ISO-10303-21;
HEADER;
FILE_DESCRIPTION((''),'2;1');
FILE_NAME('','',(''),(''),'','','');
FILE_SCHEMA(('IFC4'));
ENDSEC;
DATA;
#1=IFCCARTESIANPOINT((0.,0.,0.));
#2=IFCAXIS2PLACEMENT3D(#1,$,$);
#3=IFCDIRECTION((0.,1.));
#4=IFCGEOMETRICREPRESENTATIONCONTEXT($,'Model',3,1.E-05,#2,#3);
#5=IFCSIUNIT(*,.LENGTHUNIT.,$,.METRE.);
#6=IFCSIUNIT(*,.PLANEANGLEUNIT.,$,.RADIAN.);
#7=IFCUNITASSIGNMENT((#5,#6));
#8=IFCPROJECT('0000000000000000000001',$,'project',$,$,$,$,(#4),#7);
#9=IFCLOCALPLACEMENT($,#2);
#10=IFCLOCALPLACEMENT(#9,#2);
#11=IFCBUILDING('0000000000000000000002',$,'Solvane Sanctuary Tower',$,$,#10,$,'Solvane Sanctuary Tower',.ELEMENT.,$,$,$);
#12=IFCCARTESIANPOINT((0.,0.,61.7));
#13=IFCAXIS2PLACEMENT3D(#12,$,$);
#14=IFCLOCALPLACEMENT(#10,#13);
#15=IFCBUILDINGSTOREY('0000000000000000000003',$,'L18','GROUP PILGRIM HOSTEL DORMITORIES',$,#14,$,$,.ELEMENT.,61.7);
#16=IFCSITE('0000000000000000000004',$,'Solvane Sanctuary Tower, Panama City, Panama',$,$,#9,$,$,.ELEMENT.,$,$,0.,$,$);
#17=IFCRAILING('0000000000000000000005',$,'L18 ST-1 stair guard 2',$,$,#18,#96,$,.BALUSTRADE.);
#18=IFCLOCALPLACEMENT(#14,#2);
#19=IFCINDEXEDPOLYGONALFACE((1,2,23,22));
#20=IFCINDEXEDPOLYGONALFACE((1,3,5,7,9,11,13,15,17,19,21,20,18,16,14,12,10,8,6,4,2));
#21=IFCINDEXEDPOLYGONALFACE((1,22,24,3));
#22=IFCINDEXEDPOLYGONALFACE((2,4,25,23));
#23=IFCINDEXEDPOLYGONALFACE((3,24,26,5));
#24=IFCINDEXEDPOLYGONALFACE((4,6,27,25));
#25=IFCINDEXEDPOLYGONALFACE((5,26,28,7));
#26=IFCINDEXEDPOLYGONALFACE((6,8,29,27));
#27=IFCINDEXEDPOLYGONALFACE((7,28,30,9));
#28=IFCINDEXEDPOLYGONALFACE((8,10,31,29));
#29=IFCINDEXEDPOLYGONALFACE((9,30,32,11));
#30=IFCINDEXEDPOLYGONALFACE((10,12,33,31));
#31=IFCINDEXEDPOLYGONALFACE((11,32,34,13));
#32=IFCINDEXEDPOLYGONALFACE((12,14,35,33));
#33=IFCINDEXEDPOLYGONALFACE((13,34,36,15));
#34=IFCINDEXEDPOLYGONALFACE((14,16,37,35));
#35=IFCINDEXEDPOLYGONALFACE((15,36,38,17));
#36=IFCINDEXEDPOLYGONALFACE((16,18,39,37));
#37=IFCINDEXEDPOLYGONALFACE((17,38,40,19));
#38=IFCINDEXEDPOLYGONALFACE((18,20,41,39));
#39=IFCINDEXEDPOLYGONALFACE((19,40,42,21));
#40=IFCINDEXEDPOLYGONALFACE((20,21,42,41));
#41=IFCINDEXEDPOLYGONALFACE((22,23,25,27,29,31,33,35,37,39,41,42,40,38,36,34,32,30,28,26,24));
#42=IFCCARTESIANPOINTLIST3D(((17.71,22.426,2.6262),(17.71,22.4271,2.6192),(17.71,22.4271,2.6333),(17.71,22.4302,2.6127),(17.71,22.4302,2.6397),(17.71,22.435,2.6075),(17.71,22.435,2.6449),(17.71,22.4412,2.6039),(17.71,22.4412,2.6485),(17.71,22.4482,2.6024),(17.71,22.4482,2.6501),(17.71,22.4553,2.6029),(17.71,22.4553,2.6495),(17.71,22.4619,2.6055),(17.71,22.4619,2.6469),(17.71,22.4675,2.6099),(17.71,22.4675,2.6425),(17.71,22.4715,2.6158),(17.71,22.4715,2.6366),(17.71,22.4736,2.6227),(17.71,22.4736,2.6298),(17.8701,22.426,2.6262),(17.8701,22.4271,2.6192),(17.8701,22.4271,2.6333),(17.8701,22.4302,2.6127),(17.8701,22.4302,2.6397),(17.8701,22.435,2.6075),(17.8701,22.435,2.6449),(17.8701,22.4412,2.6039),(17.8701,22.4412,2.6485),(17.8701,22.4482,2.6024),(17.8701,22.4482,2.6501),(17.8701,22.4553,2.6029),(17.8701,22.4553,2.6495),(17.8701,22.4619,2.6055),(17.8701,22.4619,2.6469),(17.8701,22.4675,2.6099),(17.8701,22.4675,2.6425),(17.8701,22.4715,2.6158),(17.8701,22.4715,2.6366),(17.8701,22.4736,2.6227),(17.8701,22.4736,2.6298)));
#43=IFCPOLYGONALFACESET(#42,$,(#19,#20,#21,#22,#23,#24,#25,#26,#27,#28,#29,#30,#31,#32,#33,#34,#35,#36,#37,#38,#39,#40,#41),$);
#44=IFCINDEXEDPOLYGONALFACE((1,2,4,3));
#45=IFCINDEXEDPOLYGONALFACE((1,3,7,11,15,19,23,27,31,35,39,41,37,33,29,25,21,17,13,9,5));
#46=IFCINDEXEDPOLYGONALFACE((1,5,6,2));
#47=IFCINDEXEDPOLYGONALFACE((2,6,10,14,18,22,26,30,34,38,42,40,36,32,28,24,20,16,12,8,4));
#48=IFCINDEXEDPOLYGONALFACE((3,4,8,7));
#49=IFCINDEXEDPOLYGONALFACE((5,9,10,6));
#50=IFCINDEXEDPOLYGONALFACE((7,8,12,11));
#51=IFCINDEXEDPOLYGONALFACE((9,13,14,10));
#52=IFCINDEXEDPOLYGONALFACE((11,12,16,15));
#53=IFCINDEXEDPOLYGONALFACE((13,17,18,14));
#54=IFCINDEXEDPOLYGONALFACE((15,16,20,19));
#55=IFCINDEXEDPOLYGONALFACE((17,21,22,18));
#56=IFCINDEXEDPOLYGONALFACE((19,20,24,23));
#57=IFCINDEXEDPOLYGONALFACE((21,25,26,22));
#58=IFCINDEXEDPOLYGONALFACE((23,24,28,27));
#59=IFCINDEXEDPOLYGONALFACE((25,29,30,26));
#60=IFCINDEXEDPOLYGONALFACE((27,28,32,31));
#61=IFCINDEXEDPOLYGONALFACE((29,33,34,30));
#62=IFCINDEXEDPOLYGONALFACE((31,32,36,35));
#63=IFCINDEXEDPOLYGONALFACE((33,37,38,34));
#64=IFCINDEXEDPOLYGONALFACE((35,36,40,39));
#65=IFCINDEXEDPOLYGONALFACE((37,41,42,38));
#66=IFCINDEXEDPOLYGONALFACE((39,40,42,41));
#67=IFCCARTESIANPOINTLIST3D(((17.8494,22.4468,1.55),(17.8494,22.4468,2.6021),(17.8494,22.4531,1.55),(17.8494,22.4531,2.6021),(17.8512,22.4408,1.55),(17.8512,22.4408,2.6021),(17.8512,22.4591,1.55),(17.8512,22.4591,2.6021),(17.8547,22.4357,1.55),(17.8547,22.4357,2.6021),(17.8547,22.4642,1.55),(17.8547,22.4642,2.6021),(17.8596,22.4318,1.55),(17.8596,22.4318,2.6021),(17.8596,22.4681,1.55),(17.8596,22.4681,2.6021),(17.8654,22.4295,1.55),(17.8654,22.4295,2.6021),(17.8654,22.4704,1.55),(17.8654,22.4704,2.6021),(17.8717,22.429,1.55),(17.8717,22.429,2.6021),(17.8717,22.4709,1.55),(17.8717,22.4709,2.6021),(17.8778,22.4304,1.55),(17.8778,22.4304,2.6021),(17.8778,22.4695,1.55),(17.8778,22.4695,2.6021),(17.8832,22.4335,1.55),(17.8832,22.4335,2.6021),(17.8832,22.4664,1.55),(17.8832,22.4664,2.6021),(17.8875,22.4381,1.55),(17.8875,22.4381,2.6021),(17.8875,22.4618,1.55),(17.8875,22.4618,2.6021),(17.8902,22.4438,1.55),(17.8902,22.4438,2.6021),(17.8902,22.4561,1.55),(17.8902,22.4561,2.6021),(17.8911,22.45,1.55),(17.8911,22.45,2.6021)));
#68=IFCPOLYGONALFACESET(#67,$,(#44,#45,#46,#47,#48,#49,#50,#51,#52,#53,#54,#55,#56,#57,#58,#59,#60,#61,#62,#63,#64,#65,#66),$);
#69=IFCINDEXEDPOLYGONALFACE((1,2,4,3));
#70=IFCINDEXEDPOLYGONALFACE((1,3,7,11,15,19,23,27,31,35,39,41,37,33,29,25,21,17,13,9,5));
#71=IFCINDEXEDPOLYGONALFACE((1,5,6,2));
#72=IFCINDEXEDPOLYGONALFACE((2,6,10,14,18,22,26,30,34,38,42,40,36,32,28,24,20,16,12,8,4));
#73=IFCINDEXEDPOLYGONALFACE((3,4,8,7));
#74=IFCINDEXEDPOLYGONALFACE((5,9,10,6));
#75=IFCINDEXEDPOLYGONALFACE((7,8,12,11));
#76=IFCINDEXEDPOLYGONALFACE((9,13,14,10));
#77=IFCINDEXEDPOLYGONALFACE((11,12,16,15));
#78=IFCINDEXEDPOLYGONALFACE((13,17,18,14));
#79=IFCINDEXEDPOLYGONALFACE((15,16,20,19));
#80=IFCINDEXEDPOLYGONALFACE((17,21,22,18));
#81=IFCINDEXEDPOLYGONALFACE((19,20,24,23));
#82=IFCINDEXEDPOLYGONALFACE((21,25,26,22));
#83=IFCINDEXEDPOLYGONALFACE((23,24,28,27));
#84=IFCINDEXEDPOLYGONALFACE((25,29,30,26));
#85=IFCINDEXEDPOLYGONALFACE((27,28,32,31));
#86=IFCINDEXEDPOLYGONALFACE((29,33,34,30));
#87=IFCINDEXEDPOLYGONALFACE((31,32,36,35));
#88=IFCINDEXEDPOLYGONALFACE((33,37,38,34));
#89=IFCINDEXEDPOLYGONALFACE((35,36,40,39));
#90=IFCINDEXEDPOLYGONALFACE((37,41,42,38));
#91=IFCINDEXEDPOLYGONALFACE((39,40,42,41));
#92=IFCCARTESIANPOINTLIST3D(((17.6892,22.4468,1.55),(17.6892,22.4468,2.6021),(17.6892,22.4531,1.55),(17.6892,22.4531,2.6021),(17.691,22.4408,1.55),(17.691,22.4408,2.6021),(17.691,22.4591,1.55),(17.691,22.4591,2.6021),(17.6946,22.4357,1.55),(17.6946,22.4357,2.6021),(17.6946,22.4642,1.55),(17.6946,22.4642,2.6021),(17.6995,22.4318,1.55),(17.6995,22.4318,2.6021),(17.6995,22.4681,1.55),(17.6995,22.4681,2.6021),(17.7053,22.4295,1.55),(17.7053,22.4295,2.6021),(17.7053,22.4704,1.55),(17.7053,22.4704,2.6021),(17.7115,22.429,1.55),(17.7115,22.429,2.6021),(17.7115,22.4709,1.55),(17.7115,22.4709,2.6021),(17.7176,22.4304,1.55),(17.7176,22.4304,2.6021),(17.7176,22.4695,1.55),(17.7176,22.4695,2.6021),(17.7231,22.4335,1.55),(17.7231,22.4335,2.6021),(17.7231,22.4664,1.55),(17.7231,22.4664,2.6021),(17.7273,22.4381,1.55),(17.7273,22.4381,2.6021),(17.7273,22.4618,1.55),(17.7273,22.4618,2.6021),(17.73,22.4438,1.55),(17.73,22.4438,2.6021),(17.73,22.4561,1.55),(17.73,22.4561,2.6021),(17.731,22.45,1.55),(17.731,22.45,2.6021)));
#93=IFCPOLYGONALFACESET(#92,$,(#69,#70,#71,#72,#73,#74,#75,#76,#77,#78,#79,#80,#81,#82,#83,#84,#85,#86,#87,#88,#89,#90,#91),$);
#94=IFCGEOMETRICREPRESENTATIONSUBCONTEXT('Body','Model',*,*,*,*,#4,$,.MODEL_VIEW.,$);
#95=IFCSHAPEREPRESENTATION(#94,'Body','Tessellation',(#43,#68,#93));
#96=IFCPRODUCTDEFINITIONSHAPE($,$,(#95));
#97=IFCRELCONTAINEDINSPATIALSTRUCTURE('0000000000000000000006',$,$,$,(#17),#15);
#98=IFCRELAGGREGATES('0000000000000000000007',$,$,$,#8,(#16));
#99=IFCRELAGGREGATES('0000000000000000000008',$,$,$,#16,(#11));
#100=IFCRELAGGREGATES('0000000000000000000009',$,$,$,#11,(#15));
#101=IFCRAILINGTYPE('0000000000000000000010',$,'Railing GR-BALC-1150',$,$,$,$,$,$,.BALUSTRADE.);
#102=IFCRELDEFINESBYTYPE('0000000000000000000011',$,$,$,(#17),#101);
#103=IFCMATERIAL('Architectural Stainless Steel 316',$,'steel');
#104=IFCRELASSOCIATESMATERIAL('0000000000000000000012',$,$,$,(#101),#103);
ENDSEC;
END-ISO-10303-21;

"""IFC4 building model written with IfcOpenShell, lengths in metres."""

from ifc_helpers import new_model, si_unit, direction, frame, origin, origin_2d, place, context, subcontext, project, spatial, circle, extrude, material, type_object, element, save


model = new_model("IFC4")

# Units and contexts
model_context = context("Model", 3, precision=1e-05, world=origin(), true_north=direction((0.0, 1.0)))
body_context = subcontext(model_context, "Body", "Model", "MODEL_VIEW")
ifc_project = project(units=[si_unit("LENGTHUNIT", "METRE"), si_unit("PLANEANGLEUNIT", "RADIAN")], contexts=[model_context])

# Site, building, storey
site_placement = place(None, origin())
site = spatial("IfcSite", under=ifc_project, at=site_placement, Name="Solvane Sanctuary Tower, Panama City, Panama", CompositionType="ELEMENT", RefElevation=0.0)
building_placement = place(site_placement, origin())
building = spatial("IfcBuilding", under=site, at=building_placement, Name="Solvane Sanctuary Tower", LongName="Solvane Sanctuary Tower", CompositionType="ELEMENT")
storey_placement = place(building_placement, frame((0.0, 0.0, 61.7)))
storey = spatial("IfcBuildingStorey", under=building, at=storey_placement, Name="L18", Description="GROUP PILGRIM HOSTEL DORMITORIES", CompositionType="ELEMENT", Elevation=61.7)

# Shared definitions
ifc_material_1 = material(Name="Architectural Stainless Steel 316", Category="steel")

# Railing
railing_type_1 = type_object("IfcRailingType", Name="Railing GR-BALC-1150", PredefinedType="BALUSTRADE", material=ifc_material_1)
railing_1_placement = place(storey_placement, frame((17.8701, 22.45, 1.55)))
element("IfcRailing", 1, at=railing_1_placement, inside=storey, type_object=railing_type_1, Name="L18 ST-1 stair guard 2", PredefinedType="BALUSTRADE", context=body_context, shape_type="SweptSolid", body=[
    extrude(circle(Radius=0.0239, at=origin_2d()), frame((0.0, 0.0, 1.0762), z_axis=(-1.0, 0.0, 0.0), x_axis=(0.0, -1.0, 0.0)), (0.0, 0.0, 1.0), 0.1602),
    extrude(circle(Radius=0.021, at=origin_2d()), origin(), (0.0, 0.0, 1.0), 1.052),
    extrude(circle(Radius=0.021, at=origin_2d()), frame((-0.1602, 0.0, 0.0)), (0.0, 0.0, 1.0), 1.052),
])

save(model, "model.ifc")
